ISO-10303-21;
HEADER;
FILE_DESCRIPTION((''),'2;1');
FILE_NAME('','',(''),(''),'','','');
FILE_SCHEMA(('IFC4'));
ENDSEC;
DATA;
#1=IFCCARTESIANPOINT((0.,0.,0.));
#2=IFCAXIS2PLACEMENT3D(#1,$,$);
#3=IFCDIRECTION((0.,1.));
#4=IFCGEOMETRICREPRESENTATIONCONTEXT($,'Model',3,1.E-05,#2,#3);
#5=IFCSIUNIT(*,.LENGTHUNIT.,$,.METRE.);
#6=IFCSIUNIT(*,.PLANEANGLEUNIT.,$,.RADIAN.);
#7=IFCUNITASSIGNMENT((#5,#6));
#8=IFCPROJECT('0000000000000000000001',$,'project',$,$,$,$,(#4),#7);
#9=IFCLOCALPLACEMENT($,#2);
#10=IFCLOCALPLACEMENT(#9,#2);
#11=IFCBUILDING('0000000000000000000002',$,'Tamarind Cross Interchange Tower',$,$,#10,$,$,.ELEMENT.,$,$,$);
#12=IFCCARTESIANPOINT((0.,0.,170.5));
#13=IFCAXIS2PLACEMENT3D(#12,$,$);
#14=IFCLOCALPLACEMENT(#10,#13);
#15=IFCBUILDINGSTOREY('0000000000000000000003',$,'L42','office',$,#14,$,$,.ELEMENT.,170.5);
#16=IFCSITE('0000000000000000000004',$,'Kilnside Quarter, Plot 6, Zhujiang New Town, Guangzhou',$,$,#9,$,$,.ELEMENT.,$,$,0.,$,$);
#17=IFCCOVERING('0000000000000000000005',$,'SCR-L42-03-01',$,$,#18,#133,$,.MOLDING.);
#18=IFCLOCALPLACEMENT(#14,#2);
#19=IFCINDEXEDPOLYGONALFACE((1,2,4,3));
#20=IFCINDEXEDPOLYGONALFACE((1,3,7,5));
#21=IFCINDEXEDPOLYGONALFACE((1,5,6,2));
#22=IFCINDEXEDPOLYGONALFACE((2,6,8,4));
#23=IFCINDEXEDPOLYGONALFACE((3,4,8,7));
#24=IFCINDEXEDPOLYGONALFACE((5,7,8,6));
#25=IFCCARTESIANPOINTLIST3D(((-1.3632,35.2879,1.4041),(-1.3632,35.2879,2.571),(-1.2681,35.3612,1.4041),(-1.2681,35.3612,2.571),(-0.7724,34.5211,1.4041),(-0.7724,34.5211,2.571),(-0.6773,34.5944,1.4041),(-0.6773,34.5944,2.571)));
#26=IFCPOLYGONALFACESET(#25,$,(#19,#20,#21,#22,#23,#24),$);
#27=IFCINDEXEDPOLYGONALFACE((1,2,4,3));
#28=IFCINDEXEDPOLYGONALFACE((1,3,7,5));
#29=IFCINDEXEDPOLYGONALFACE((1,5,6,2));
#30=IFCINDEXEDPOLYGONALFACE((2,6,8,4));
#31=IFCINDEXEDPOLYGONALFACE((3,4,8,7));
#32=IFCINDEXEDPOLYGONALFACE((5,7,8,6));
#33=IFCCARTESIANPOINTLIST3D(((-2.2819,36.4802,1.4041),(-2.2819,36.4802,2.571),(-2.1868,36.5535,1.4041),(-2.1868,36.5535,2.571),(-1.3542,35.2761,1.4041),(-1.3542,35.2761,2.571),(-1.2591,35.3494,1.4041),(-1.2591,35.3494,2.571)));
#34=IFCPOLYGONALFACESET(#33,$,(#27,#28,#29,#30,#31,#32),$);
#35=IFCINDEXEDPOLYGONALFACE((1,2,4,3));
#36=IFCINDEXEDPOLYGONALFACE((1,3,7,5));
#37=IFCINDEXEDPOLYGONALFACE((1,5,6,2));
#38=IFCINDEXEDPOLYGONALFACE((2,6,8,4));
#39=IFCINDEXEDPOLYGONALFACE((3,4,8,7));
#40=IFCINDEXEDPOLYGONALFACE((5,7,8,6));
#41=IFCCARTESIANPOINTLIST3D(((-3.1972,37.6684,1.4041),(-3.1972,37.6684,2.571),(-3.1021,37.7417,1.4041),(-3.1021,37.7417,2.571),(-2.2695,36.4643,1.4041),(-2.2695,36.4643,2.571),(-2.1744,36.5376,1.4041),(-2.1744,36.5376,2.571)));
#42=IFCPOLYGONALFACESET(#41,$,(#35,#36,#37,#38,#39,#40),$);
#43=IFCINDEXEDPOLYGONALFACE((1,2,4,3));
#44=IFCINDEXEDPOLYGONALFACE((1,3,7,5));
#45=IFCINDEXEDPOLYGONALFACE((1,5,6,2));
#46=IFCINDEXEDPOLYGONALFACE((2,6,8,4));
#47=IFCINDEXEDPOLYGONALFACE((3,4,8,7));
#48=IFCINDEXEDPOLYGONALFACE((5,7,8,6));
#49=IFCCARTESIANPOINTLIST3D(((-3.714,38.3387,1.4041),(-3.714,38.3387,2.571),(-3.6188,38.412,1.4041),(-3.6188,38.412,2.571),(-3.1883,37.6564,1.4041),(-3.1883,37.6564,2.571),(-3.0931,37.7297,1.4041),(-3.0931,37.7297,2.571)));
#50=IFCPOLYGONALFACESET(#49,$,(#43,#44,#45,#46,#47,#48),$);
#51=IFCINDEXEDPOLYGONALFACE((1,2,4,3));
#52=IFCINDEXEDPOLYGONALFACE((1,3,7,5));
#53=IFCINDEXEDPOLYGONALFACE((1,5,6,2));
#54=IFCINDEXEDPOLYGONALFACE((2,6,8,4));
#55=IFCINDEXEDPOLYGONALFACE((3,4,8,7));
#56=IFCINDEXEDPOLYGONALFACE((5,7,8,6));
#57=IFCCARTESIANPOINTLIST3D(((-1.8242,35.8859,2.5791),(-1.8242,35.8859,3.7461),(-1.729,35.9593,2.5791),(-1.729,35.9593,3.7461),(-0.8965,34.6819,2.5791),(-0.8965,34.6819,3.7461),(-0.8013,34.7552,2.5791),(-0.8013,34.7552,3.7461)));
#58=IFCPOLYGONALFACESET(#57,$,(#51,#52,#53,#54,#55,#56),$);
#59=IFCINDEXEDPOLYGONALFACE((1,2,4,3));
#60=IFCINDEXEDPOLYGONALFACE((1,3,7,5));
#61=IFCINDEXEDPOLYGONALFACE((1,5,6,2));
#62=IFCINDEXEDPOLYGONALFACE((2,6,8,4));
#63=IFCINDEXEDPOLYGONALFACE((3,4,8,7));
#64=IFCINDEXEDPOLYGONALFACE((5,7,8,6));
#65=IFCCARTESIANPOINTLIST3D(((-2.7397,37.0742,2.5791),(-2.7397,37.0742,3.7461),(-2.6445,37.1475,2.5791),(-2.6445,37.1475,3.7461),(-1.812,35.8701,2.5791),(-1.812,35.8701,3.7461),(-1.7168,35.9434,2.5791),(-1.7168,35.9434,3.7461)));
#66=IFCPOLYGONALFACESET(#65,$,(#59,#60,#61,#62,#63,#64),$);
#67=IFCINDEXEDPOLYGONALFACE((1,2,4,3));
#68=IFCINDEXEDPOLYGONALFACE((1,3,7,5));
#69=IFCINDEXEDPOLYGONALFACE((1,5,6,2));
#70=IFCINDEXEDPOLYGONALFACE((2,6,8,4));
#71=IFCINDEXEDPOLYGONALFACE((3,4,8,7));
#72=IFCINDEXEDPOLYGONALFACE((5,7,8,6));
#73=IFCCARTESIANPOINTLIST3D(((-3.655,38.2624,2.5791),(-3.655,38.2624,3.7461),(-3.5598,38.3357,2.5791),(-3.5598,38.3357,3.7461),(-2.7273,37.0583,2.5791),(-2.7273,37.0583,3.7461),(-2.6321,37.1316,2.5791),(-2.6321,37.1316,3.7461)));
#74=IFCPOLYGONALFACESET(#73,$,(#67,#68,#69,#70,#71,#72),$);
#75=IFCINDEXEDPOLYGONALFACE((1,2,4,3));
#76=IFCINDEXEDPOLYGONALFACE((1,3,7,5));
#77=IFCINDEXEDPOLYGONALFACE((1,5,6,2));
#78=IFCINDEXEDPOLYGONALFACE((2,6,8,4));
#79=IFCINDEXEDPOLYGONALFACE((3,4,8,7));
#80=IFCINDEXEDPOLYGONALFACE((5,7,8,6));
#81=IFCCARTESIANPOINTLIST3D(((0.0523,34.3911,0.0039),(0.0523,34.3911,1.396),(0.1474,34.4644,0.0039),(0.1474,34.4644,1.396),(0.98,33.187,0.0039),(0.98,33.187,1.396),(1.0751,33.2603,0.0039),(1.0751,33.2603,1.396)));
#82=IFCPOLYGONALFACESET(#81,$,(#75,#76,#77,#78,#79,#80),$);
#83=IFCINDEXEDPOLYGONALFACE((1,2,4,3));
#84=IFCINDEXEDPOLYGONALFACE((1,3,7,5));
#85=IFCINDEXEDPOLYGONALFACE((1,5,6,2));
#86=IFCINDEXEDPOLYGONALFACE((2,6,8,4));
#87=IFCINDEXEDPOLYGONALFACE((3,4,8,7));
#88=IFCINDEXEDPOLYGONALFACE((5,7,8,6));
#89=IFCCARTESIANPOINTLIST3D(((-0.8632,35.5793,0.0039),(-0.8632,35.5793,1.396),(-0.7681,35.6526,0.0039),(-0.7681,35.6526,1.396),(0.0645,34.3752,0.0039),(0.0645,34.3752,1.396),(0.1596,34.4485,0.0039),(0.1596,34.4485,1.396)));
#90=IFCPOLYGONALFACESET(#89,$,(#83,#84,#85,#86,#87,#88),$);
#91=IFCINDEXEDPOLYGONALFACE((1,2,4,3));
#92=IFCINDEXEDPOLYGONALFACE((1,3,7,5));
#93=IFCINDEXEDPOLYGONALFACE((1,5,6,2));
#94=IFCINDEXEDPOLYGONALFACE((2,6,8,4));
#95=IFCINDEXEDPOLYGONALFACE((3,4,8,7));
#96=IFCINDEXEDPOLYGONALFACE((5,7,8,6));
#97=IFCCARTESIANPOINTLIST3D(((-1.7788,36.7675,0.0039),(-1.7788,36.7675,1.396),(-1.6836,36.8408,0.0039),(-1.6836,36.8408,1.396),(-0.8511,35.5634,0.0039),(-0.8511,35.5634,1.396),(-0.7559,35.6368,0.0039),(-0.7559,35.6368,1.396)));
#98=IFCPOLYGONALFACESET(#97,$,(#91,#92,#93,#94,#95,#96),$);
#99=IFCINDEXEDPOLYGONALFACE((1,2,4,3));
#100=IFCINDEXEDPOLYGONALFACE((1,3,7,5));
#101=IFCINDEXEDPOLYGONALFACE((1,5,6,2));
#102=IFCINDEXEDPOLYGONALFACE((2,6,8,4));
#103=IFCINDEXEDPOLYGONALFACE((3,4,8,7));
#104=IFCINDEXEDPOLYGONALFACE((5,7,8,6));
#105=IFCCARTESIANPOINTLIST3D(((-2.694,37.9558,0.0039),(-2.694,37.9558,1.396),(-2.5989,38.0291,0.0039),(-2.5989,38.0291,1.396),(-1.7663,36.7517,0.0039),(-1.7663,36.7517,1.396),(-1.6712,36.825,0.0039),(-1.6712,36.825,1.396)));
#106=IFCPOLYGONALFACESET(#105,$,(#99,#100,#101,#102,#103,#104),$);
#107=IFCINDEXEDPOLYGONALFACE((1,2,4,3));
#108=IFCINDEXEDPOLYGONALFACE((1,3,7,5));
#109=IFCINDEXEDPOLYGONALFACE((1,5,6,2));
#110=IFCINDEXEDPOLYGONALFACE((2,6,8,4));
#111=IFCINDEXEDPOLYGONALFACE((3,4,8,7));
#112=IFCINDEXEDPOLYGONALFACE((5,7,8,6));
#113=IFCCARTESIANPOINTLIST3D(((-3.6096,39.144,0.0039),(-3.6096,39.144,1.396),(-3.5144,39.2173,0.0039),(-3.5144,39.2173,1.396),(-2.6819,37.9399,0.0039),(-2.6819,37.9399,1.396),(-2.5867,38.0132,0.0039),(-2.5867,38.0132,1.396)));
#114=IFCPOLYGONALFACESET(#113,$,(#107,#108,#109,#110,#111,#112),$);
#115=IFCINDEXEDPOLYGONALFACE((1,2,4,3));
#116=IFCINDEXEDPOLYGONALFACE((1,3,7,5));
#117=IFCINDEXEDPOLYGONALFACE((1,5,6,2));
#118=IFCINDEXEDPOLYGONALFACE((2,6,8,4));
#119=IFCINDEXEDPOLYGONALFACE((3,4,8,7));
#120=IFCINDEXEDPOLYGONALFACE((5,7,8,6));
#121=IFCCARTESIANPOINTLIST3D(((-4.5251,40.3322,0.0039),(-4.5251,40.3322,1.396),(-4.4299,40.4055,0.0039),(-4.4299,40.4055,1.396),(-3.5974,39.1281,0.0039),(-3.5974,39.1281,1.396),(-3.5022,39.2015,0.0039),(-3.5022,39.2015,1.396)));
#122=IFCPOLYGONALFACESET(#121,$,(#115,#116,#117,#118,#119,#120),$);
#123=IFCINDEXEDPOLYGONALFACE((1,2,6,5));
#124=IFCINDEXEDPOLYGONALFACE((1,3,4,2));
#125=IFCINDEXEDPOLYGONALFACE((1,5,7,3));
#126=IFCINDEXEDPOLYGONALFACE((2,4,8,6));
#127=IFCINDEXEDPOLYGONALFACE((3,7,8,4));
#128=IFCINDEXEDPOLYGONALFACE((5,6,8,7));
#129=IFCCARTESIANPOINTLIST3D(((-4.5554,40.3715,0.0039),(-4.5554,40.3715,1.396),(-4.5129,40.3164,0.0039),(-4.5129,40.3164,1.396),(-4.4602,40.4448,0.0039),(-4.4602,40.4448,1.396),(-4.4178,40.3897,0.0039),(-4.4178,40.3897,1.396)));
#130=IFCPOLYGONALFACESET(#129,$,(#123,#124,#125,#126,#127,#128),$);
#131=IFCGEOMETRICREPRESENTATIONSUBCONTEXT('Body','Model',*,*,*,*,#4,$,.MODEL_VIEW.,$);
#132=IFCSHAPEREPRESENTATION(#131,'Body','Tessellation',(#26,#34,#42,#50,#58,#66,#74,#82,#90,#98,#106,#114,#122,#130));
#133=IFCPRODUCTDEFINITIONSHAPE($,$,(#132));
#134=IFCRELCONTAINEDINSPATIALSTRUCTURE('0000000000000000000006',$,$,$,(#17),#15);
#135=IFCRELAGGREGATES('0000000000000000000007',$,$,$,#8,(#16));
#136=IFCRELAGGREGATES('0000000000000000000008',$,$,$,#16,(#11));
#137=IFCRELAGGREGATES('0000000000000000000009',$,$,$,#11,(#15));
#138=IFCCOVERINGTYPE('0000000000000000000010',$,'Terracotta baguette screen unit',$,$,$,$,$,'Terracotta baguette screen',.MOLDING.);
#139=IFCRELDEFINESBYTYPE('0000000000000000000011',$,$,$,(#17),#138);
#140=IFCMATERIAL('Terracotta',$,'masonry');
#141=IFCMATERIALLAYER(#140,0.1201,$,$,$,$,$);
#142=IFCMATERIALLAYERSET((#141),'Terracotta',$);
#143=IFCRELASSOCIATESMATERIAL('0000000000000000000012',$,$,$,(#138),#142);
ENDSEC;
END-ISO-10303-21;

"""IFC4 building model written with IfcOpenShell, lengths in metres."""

from ifc_helpers import new_model, si_unit, direction, frame, origin, origin_2d, place, context, subcontext, project, spatial, rectangle, extrude, material, layer, layer_set, type_object, element, save


model = new_model("IFC4")

# Units and contexts
model_context = context("Model", 3, precision=1e-05, world=origin(), true_north=direction((0.0, 1.0)))
body_context = subcontext(model_context, "Body", "Model", "MODEL_VIEW")
ifc_project = project(units=[si_unit("LENGTHUNIT", "METRE"), si_unit("PLANEANGLEUNIT", "RADIAN")], contexts=[model_context])

# Site, building, storey
site_placement = place(None, origin())
site = spatial("IfcSite", under=ifc_project, at=site_placement, Name="Kilnside Quarter, Plot 6, Zhujiang New Town, Guangzhou", CompositionType="ELEMENT", RefElevation=0.0)
building_placement = place(site_placement, origin())
building = spatial("IfcBuilding", under=site, at=building_placement, Name="Tamarind Cross Interchange Tower", CompositionType="ELEMENT")
storey_placement = place(building_placement, frame((0.0, 0.0, 170.5)))
storey = spatial("IfcBuildingStorey", under=building, at=storey_placement, Name="L42", Description="office", CompositionType="ELEMENT", Elevation=170.5)

# Covering
ifc_material_1 = material(Name="Terracotta", Category="masonry")
ifc_layer_1 = layer(ifc_material_1, 0.1201)
ifc_layer_set_1 = layer_set([ifc_layer_1], Name="Terracotta")
covering_type = type_object("IfcCoveringType", Name="Terracotta baguette screen unit", ElementType="Terracotta baguette screen", PredefinedType="MOLDING", material=ifc_layer_set_1)
covering_1_placement = place(storey_placement, origin())
element("IfcCovering", 1, at=covering_1_placement, inside=storey, type_object=covering_type, Name="SCR-L42-03-01", PredefinedType="MOLDING", context=body_context, shape_type="SweptSolid", body=[
    extrude(rectangle(XDim=0.968, YDim=0.1201, at=origin_2d()), frame((-1.0203, 34.9412, 1.4041), z_axis=(0.0, 0.0, 1.0), x_axis=(-0.610322, 0.792153, 0.0)), (0.0, 0.0, 1.0), 1.167),
    extrude(rectangle(XDim=1.52, YDim=0.1201, at=origin_2d()), frame((-1.7705, 35.9148, 1.4041), z_axis=(0.0, 0.0, 1.0), x_axis=(-0.610322, 0.792153, 0.0)), (0.0, 0.0, 1.0), 1.167),
    extrude(rectangle(XDim=1.52, YDim=0.1201, at=origin_2d()), frame((-2.6858, 37.103, 1.4041), z_axis=(0.0, 0.0, 1.0), x_axis=(-0.610322, 0.792153, 0.0)), (0.0, 0.0, 1.0), 1.167),
    extrude(rectangle(XDim=0.8613, YDim=0.1201, at=origin_2d()), frame((-3.4036, 38.0342, 1.4041), z_axis=(0.0, 0.0, 1.0), x_axis=(-0.610322, 0.792153, 0.0)), (0.0, 0.0, 1.0), 1.167),
    extrude(rectangle(XDim=1.52, YDim=0.1201, at=origin_2d()), frame((-1.3127, 35.3206, 2.5791), z_axis=(0.0, 0.0, 1.0), x_axis=(-0.610322, 0.792153, 0.0)), (0.0, 0.0, 1.0), 1.167),
    extrude(rectangle(XDim=1.52, YDim=0.1201, at=origin_2d()), frame((-2.2283, 36.5088, 2.5791), z_axis=(0.0, 0.0, 1.0), x_axis=(-0.610322, 0.792153, 0.0)), (0.0, 0.0, 1.0), 1.167),
    extrude(rectangle(XDim=1.52, YDim=0.1201, at=origin_2d()), frame((-3.1436, 37.697, 2.5791), z_axis=(0.0, 0.0, 1.0), x_axis=(-0.610322, 0.792153, 0.0)), (0.0, 0.0, 1.0), 1.167),
    extrude(rectangle(XDim=1.52, YDim=0.1201, at=origin_2d()), frame((0.5637, 33.8257, 0.0039), z_axis=(0.0, 0.0, 1.0), x_axis=(-0.610322, 0.792153, 0.0)), (0.0, 0.0, 1.0), 1.3921),
    extrude(rectangle(XDim=1.52, YDim=0.1201, at=origin_2d()), frame((-0.3518, 35.0139, 0.0039), z_axis=(0.0, 0.0, 1.0), x_axis=(-0.610322, 0.792153, 0.0)), (0.0, 0.0, 1.0), 1.3921),
    extrude(rectangle(XDim=1.52, YDim=0.1201, at=origin_2d()), frame((-1.2673, 36.2021, 0.0039), z_axis=(0.0, 0.0, 1.0), x_axis=(-0.610322, 0.792153, 0.0)), (0.0, 0.0, 1.0), 1.3921),
    extrude(rectangle(XDim=1.52, YDim=0.1201, at=origin_2d()), frame((-2.1826, 37.3904, 0.0039), z_axis=(0.0, 0.0, 1.0), x_axis=(-0.610322, 0.792153, 0.0)), (0.0, 0.0, 1.0), 1.3921),
    extrude(rectangle(XDim=1.52, YDim=0.1201, at=origin_2d()), frame((-3.0981, 38.5786, 0.0039), z_axis=(0.0, 0.0, 1.0), x_axis=(-0.610322, 0.792153, 0.0)), (0.0, 0.0, 1.0), 1.3921),
    extrude(rectangle(XDim=1.52, YDim=0.1201, at=origin_2d()), frame((-4.0137, 39.7668, 0.0039), z_axis=(0.0, 0.0, 1.0), x_axis=(-0.610322, 0.792153, 0.0)), (0.0, 0.0, 1.0), 1.3921),
    extrude(rectangle(XDim=0.0696, YDim=0.1201, at=origin_2d()), frame((-4.4866, 40.3806, 0.0039), z_axis=(0.0, 0.0, 1.0), x_axis=(-0.610322, 0.792153, 0.0)), (0.0, 0.0, 1.0), 1.3921),
])

save(model, "model.ifc")
